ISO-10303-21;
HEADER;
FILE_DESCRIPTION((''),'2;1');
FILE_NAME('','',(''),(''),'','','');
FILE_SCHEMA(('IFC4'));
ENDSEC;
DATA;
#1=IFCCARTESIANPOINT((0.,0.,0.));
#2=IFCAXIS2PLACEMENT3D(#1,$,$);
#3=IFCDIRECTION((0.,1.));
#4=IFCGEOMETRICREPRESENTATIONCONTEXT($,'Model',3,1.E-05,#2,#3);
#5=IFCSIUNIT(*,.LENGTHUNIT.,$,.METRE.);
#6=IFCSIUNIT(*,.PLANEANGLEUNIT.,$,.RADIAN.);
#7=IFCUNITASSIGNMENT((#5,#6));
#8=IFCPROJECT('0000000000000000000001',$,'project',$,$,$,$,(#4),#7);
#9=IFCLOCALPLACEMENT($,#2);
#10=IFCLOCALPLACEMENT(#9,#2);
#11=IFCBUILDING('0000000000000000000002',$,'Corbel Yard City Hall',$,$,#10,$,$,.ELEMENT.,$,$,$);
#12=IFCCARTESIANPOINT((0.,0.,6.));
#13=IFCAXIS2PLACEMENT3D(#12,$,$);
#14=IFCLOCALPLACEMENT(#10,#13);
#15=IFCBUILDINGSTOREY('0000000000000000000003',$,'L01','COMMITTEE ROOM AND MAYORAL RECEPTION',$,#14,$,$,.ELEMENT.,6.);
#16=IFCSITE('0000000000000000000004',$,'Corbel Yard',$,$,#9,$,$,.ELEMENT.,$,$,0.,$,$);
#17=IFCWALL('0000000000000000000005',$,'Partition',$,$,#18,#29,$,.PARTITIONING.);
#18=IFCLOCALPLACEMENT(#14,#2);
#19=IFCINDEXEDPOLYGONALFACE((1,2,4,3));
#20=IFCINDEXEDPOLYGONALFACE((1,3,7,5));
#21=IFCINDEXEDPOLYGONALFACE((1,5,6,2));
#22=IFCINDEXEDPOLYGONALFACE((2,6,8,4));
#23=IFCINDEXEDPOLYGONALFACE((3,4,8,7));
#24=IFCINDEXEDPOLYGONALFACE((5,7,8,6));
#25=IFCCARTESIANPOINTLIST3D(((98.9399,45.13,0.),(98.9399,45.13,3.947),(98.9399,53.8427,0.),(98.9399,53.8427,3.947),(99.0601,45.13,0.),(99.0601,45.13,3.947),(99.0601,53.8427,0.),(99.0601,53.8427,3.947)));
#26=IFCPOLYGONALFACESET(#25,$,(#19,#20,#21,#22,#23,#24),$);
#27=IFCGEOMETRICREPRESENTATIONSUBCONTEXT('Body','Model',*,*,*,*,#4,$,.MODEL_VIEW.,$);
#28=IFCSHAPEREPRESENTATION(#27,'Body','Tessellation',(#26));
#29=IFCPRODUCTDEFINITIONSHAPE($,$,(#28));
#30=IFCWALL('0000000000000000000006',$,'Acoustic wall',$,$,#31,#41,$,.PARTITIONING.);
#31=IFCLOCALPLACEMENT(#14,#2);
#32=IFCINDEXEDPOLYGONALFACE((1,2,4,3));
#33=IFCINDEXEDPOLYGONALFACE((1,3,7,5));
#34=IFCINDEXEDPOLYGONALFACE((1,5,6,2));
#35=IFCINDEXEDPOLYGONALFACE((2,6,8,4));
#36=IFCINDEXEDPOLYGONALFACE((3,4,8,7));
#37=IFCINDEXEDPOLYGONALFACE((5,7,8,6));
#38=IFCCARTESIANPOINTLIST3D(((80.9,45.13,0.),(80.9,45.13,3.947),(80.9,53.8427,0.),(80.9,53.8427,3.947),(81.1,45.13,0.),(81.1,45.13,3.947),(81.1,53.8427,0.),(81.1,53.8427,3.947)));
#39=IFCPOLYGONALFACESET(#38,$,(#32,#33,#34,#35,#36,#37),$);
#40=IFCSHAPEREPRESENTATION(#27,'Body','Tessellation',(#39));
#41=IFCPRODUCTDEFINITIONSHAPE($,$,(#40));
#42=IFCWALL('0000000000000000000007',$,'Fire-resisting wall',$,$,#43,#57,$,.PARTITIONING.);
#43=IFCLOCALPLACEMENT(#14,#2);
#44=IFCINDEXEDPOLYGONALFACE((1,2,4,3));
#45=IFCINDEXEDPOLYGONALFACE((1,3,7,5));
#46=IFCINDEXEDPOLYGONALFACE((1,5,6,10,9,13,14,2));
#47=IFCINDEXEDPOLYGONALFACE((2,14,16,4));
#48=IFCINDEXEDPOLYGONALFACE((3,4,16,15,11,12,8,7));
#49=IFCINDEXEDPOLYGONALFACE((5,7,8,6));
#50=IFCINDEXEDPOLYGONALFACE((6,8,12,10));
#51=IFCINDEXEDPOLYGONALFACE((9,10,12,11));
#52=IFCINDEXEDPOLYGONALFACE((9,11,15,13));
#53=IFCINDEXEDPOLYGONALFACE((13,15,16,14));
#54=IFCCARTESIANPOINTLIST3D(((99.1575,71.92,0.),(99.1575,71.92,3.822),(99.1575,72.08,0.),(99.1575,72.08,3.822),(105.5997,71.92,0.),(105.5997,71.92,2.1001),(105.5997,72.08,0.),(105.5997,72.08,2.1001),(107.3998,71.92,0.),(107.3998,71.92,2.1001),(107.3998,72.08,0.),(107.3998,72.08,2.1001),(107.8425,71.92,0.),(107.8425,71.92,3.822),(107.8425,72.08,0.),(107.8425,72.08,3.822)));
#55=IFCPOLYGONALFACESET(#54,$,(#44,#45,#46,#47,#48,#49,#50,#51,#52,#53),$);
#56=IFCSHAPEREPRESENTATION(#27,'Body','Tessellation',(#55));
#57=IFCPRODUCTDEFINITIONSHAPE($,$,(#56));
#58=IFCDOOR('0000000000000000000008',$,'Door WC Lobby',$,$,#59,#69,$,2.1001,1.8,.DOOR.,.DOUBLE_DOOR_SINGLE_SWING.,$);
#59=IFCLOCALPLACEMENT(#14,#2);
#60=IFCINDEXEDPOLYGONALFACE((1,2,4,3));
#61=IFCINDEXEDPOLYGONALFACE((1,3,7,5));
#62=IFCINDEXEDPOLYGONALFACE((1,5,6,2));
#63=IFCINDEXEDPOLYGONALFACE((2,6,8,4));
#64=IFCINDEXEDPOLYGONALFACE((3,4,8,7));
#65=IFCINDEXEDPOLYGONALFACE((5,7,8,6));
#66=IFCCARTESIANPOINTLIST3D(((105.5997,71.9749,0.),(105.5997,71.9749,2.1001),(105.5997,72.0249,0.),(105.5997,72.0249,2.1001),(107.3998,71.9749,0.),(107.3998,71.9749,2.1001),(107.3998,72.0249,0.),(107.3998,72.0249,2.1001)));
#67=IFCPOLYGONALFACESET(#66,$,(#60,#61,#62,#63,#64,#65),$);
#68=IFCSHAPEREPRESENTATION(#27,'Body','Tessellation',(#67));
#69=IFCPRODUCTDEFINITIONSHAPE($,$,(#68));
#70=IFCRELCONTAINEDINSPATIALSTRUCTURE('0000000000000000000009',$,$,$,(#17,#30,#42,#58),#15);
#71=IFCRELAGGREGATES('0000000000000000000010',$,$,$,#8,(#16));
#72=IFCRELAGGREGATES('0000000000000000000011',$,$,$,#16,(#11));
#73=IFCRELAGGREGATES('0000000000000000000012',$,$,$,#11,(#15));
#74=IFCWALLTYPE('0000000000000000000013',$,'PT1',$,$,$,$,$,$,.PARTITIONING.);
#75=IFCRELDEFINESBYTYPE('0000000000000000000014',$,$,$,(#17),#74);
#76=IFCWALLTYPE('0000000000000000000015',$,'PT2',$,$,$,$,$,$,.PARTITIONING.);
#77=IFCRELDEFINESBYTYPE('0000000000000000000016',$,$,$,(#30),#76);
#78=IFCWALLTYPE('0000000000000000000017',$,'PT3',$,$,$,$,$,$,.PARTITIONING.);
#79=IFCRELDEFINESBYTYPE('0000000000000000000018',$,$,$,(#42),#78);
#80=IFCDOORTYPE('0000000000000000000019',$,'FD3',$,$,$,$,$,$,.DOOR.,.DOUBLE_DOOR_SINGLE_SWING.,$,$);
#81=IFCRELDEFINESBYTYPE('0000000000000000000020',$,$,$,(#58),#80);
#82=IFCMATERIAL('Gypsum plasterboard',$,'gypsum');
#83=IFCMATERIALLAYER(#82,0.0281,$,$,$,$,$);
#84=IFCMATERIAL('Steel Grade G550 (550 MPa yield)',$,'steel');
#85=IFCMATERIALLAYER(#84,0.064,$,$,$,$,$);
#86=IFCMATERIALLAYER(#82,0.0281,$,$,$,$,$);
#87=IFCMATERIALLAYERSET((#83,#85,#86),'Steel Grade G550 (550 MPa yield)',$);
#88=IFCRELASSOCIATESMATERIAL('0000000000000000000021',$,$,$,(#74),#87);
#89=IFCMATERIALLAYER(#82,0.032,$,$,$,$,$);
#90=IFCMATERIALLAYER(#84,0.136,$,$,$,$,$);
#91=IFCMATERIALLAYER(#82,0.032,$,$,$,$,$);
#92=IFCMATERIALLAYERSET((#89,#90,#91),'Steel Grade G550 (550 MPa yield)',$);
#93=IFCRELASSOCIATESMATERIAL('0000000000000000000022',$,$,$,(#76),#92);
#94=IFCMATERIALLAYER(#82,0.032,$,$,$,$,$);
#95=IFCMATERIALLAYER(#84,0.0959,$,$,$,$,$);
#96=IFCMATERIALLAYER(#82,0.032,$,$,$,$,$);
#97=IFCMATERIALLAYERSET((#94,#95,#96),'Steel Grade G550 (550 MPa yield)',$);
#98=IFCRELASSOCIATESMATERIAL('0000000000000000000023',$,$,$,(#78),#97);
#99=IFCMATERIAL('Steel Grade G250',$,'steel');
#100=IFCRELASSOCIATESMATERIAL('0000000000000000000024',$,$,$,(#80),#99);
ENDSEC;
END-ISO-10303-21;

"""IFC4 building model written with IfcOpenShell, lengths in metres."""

from ifc_helpers import new_model, si_unit, direction, frame, frame_2d, origin, place, context, subcontext, project, spatial, rectangle, extrude, material, layer, layer_set, type_object, element, fill, save


model = new_model("IFC4")

# Units and contexts
model_context = context("Model", 3, precision=1e-05, world=origin(), true_north=direction((0.0, 1.0)))
body_context = subcontext(model_context, "Body", "Model", "MODEL_VIEW")
ifc_project = project(units=[si_unit("LENGTHUNIT", "METRE"), si_unit("PLANEANGLEUNIT", "RADIAN")], contexts=[model_context])

# Site, building, storey
site_placement = place(None, origin())
site = spatial("IfcSite", under=ifc_project, at=site_placement, Name="Corbel Yard", CompositionType="ELEMENT", RefElevation=0.0)
building_placement = place(site_placement, origin())
building = spatial("IfcBuilding", under=site, at=building_placement, Name="Corbel Yard City Hall", CompositionType="ELEMENT")
storey_placement = place(building_placement, frame((0.0, 0.0, 6.0)))
storey = spatial("IfcBuildingStorey", under=building, at=storey_placement, Name="L01", Description="COMMITTEE ROOM AND MAYORAL RECEPTION", CompositionType="ELEMENT", Elevation=6.0)

# Shared definitions
ifc_material_1 = material(Name="Gypsum plasterboard", Category="gypsum")
ifc_layer_1 = layer(ifc_material_1, 0.0281)
ifc_material_2 = material(Name="Steel Grade G550 (550 MPa yield)", Category="steel")
ifc_layer_2 = layer(ifc_material_2, 0.064)
ifc_layer_3 = layer(ifc_material_1, 0.0281)
ifc_layer_set_1 = layer_set([ifc_layer_1, ifc_layer_2, ifc_layer_3], Name="Steel Grade G550 (550 MPa yield)")
wall_type_1 = type_object("IfcWallType", Name="PT1", PredefinedType="PARTITIONING", material=ifc_layer_set_1)

# Walls
wall_1_placement = place(storey_placement, frame((99.0, 45.1299, 0.0), z_axis=(0.0, 0.0, 1.0), x_axis=(0.0, 1.0, 0.0)))
element("IfcWall", 1, at=wall_1_placement, inside=storey, type_object=wall_type_1, Name="Partition", PredefinedType="PARTITIONING", context=body_context, shape_type="SweptSolid", body=[
    extrude(rectangle(XDim=8.7126, YDim=0.1201, at=frame_2d((4.3564, 0.0))), origin(), (0.0, 0.0, 1.0), 3.947),
])
ifc_layer_4 = layer(ifc_material_1, 0.032)
ifc_layer_5 = layer(ifc_material_2, 0.136)
ifc_layer_6 = layer(ifc_material_1, 0.032)
ifc_layer_set_2 = layer_set([ifc_layer_4, ifc_layer_5, ifc_layer_6], Name="Steel Grade G550 (550 MPa yield)")
wall_type_2 = type_object("IfcWallType", Name="PT2", PredefinedType="PARTITIONING", material=ifc_layer_set_2)
wall_2_placement = place(storey_placement, frame((81.0, 45.1299, 0.0), z_axis=(0.0, 0.0, 1.0), x_axis=(0.0, 1.0, 0.0)))
element("IfcWall", 2, at=wall_2_placement, inside=storey, type_object=wall_type_2, Name="Acoustic wall", PredefinedType="PARTITIONING", context=body_context, shape_type="SweptSolid", body=[
    extrude(rectangle(XDim=8.7126, YDim=0.2, at=frame_2d((4.3564, 0.0))), origin(), (0.0, 0.0, 1.0), 3.947),
])

# Wall, opening, door
ifc_layer_7 = layer(ifc_material_1, 0.032)
ifc_layer_8 = layer(ifc_material_2, 0.0959)
ifc_layer_9 = layer(ifc_material_1, 0.032)
ifc_layer_set_3 = layer_set([ifc_layer_7, ifc_layer_8, ifc_layer_9], Name="Steel Grade G550 (550 MPa yield)")
wall_type_3 = type_object("IfcWallType", Name="PT3", PredefinedType="PARTITIONING", material=ifc_layer_set_3)
wall_3_placement = place(storey_placement, frame((99.1575, 72.0, 0.0), z_axis=(0.0, 0.0, 1.0), x_axis=(1.0, 0.0, 0.0)))
wall_3 = element("IfcWall", 3, at=wall_3_placement, inside=storey, type_object=wall_type_3, Name="Fire-resisting wall", PredefinedType="PARTITIONING", context=body_context, shape_type="SweptSolid", body=[
    extrude(rectangle(XDim=8.6851, YDim=0.1599, at=frame_2d((4.3425, 0.0))), origin(), (0.0, 0.0, 1.0), 3.822),
])
opening_1_placement = place(wall_3_placement, frame((6.4424, 0.0, 0.0)))
opening_1 = element("IfcOpeningElement", 4, at=opening_1_placement, cuts=wall_3, PredefinedType="OPENING", context=body_context, shape_type="SweptSolid", body=[
    extrude(rectangle(XDim=1.8, YDim=2.1001, at=frame_2d((0.8999, 1.05))), frame((0.0, 0.0898, 0.0), z_axis=(0.0, -1.0, 0.0), x_axis=(1.0, 0.0, 0.0)), (0.0, 0.0, 1.0), 0.1799),
])
ifc_material_3 = material(Name="Steel Grade G250", Category="steel")
door_type_1 = type_object("IfcDoorType", Name="FD3", OperationType="DOUBLE_DOOR_SINGLE_SWING", PredefinedType="DOOR", material=ifc_material_3)
door_1_placement = place(opening_1_placement, origin())
door_1 = element("IfcDoor", 5, at=door_1_placement, inside=storey, type_object=door_type_1, Name="Door WC Lobby", OperationType="DOUBLE_DOOR_SINGLE_SWING", OverallHeight=2.1001, OverallWidth=1.8, PredefinedType="DOOR", context=body_context, shape_type="SweptSolid", body=[
    extrude(rectangle(XDim=1.8, YDim=2.1001, at=frame_2d((0.8999, 1.05))), frame((0.0, 0.0249, 0.0), z_axis=(0.0, -1.0, 0.0), x_axis=(1.0, 0.0, 0.0)), (0.0, 0.0, 1.0), 0.05),
])
fill(opening_1, door_1)

save(model, "model.ifc")
